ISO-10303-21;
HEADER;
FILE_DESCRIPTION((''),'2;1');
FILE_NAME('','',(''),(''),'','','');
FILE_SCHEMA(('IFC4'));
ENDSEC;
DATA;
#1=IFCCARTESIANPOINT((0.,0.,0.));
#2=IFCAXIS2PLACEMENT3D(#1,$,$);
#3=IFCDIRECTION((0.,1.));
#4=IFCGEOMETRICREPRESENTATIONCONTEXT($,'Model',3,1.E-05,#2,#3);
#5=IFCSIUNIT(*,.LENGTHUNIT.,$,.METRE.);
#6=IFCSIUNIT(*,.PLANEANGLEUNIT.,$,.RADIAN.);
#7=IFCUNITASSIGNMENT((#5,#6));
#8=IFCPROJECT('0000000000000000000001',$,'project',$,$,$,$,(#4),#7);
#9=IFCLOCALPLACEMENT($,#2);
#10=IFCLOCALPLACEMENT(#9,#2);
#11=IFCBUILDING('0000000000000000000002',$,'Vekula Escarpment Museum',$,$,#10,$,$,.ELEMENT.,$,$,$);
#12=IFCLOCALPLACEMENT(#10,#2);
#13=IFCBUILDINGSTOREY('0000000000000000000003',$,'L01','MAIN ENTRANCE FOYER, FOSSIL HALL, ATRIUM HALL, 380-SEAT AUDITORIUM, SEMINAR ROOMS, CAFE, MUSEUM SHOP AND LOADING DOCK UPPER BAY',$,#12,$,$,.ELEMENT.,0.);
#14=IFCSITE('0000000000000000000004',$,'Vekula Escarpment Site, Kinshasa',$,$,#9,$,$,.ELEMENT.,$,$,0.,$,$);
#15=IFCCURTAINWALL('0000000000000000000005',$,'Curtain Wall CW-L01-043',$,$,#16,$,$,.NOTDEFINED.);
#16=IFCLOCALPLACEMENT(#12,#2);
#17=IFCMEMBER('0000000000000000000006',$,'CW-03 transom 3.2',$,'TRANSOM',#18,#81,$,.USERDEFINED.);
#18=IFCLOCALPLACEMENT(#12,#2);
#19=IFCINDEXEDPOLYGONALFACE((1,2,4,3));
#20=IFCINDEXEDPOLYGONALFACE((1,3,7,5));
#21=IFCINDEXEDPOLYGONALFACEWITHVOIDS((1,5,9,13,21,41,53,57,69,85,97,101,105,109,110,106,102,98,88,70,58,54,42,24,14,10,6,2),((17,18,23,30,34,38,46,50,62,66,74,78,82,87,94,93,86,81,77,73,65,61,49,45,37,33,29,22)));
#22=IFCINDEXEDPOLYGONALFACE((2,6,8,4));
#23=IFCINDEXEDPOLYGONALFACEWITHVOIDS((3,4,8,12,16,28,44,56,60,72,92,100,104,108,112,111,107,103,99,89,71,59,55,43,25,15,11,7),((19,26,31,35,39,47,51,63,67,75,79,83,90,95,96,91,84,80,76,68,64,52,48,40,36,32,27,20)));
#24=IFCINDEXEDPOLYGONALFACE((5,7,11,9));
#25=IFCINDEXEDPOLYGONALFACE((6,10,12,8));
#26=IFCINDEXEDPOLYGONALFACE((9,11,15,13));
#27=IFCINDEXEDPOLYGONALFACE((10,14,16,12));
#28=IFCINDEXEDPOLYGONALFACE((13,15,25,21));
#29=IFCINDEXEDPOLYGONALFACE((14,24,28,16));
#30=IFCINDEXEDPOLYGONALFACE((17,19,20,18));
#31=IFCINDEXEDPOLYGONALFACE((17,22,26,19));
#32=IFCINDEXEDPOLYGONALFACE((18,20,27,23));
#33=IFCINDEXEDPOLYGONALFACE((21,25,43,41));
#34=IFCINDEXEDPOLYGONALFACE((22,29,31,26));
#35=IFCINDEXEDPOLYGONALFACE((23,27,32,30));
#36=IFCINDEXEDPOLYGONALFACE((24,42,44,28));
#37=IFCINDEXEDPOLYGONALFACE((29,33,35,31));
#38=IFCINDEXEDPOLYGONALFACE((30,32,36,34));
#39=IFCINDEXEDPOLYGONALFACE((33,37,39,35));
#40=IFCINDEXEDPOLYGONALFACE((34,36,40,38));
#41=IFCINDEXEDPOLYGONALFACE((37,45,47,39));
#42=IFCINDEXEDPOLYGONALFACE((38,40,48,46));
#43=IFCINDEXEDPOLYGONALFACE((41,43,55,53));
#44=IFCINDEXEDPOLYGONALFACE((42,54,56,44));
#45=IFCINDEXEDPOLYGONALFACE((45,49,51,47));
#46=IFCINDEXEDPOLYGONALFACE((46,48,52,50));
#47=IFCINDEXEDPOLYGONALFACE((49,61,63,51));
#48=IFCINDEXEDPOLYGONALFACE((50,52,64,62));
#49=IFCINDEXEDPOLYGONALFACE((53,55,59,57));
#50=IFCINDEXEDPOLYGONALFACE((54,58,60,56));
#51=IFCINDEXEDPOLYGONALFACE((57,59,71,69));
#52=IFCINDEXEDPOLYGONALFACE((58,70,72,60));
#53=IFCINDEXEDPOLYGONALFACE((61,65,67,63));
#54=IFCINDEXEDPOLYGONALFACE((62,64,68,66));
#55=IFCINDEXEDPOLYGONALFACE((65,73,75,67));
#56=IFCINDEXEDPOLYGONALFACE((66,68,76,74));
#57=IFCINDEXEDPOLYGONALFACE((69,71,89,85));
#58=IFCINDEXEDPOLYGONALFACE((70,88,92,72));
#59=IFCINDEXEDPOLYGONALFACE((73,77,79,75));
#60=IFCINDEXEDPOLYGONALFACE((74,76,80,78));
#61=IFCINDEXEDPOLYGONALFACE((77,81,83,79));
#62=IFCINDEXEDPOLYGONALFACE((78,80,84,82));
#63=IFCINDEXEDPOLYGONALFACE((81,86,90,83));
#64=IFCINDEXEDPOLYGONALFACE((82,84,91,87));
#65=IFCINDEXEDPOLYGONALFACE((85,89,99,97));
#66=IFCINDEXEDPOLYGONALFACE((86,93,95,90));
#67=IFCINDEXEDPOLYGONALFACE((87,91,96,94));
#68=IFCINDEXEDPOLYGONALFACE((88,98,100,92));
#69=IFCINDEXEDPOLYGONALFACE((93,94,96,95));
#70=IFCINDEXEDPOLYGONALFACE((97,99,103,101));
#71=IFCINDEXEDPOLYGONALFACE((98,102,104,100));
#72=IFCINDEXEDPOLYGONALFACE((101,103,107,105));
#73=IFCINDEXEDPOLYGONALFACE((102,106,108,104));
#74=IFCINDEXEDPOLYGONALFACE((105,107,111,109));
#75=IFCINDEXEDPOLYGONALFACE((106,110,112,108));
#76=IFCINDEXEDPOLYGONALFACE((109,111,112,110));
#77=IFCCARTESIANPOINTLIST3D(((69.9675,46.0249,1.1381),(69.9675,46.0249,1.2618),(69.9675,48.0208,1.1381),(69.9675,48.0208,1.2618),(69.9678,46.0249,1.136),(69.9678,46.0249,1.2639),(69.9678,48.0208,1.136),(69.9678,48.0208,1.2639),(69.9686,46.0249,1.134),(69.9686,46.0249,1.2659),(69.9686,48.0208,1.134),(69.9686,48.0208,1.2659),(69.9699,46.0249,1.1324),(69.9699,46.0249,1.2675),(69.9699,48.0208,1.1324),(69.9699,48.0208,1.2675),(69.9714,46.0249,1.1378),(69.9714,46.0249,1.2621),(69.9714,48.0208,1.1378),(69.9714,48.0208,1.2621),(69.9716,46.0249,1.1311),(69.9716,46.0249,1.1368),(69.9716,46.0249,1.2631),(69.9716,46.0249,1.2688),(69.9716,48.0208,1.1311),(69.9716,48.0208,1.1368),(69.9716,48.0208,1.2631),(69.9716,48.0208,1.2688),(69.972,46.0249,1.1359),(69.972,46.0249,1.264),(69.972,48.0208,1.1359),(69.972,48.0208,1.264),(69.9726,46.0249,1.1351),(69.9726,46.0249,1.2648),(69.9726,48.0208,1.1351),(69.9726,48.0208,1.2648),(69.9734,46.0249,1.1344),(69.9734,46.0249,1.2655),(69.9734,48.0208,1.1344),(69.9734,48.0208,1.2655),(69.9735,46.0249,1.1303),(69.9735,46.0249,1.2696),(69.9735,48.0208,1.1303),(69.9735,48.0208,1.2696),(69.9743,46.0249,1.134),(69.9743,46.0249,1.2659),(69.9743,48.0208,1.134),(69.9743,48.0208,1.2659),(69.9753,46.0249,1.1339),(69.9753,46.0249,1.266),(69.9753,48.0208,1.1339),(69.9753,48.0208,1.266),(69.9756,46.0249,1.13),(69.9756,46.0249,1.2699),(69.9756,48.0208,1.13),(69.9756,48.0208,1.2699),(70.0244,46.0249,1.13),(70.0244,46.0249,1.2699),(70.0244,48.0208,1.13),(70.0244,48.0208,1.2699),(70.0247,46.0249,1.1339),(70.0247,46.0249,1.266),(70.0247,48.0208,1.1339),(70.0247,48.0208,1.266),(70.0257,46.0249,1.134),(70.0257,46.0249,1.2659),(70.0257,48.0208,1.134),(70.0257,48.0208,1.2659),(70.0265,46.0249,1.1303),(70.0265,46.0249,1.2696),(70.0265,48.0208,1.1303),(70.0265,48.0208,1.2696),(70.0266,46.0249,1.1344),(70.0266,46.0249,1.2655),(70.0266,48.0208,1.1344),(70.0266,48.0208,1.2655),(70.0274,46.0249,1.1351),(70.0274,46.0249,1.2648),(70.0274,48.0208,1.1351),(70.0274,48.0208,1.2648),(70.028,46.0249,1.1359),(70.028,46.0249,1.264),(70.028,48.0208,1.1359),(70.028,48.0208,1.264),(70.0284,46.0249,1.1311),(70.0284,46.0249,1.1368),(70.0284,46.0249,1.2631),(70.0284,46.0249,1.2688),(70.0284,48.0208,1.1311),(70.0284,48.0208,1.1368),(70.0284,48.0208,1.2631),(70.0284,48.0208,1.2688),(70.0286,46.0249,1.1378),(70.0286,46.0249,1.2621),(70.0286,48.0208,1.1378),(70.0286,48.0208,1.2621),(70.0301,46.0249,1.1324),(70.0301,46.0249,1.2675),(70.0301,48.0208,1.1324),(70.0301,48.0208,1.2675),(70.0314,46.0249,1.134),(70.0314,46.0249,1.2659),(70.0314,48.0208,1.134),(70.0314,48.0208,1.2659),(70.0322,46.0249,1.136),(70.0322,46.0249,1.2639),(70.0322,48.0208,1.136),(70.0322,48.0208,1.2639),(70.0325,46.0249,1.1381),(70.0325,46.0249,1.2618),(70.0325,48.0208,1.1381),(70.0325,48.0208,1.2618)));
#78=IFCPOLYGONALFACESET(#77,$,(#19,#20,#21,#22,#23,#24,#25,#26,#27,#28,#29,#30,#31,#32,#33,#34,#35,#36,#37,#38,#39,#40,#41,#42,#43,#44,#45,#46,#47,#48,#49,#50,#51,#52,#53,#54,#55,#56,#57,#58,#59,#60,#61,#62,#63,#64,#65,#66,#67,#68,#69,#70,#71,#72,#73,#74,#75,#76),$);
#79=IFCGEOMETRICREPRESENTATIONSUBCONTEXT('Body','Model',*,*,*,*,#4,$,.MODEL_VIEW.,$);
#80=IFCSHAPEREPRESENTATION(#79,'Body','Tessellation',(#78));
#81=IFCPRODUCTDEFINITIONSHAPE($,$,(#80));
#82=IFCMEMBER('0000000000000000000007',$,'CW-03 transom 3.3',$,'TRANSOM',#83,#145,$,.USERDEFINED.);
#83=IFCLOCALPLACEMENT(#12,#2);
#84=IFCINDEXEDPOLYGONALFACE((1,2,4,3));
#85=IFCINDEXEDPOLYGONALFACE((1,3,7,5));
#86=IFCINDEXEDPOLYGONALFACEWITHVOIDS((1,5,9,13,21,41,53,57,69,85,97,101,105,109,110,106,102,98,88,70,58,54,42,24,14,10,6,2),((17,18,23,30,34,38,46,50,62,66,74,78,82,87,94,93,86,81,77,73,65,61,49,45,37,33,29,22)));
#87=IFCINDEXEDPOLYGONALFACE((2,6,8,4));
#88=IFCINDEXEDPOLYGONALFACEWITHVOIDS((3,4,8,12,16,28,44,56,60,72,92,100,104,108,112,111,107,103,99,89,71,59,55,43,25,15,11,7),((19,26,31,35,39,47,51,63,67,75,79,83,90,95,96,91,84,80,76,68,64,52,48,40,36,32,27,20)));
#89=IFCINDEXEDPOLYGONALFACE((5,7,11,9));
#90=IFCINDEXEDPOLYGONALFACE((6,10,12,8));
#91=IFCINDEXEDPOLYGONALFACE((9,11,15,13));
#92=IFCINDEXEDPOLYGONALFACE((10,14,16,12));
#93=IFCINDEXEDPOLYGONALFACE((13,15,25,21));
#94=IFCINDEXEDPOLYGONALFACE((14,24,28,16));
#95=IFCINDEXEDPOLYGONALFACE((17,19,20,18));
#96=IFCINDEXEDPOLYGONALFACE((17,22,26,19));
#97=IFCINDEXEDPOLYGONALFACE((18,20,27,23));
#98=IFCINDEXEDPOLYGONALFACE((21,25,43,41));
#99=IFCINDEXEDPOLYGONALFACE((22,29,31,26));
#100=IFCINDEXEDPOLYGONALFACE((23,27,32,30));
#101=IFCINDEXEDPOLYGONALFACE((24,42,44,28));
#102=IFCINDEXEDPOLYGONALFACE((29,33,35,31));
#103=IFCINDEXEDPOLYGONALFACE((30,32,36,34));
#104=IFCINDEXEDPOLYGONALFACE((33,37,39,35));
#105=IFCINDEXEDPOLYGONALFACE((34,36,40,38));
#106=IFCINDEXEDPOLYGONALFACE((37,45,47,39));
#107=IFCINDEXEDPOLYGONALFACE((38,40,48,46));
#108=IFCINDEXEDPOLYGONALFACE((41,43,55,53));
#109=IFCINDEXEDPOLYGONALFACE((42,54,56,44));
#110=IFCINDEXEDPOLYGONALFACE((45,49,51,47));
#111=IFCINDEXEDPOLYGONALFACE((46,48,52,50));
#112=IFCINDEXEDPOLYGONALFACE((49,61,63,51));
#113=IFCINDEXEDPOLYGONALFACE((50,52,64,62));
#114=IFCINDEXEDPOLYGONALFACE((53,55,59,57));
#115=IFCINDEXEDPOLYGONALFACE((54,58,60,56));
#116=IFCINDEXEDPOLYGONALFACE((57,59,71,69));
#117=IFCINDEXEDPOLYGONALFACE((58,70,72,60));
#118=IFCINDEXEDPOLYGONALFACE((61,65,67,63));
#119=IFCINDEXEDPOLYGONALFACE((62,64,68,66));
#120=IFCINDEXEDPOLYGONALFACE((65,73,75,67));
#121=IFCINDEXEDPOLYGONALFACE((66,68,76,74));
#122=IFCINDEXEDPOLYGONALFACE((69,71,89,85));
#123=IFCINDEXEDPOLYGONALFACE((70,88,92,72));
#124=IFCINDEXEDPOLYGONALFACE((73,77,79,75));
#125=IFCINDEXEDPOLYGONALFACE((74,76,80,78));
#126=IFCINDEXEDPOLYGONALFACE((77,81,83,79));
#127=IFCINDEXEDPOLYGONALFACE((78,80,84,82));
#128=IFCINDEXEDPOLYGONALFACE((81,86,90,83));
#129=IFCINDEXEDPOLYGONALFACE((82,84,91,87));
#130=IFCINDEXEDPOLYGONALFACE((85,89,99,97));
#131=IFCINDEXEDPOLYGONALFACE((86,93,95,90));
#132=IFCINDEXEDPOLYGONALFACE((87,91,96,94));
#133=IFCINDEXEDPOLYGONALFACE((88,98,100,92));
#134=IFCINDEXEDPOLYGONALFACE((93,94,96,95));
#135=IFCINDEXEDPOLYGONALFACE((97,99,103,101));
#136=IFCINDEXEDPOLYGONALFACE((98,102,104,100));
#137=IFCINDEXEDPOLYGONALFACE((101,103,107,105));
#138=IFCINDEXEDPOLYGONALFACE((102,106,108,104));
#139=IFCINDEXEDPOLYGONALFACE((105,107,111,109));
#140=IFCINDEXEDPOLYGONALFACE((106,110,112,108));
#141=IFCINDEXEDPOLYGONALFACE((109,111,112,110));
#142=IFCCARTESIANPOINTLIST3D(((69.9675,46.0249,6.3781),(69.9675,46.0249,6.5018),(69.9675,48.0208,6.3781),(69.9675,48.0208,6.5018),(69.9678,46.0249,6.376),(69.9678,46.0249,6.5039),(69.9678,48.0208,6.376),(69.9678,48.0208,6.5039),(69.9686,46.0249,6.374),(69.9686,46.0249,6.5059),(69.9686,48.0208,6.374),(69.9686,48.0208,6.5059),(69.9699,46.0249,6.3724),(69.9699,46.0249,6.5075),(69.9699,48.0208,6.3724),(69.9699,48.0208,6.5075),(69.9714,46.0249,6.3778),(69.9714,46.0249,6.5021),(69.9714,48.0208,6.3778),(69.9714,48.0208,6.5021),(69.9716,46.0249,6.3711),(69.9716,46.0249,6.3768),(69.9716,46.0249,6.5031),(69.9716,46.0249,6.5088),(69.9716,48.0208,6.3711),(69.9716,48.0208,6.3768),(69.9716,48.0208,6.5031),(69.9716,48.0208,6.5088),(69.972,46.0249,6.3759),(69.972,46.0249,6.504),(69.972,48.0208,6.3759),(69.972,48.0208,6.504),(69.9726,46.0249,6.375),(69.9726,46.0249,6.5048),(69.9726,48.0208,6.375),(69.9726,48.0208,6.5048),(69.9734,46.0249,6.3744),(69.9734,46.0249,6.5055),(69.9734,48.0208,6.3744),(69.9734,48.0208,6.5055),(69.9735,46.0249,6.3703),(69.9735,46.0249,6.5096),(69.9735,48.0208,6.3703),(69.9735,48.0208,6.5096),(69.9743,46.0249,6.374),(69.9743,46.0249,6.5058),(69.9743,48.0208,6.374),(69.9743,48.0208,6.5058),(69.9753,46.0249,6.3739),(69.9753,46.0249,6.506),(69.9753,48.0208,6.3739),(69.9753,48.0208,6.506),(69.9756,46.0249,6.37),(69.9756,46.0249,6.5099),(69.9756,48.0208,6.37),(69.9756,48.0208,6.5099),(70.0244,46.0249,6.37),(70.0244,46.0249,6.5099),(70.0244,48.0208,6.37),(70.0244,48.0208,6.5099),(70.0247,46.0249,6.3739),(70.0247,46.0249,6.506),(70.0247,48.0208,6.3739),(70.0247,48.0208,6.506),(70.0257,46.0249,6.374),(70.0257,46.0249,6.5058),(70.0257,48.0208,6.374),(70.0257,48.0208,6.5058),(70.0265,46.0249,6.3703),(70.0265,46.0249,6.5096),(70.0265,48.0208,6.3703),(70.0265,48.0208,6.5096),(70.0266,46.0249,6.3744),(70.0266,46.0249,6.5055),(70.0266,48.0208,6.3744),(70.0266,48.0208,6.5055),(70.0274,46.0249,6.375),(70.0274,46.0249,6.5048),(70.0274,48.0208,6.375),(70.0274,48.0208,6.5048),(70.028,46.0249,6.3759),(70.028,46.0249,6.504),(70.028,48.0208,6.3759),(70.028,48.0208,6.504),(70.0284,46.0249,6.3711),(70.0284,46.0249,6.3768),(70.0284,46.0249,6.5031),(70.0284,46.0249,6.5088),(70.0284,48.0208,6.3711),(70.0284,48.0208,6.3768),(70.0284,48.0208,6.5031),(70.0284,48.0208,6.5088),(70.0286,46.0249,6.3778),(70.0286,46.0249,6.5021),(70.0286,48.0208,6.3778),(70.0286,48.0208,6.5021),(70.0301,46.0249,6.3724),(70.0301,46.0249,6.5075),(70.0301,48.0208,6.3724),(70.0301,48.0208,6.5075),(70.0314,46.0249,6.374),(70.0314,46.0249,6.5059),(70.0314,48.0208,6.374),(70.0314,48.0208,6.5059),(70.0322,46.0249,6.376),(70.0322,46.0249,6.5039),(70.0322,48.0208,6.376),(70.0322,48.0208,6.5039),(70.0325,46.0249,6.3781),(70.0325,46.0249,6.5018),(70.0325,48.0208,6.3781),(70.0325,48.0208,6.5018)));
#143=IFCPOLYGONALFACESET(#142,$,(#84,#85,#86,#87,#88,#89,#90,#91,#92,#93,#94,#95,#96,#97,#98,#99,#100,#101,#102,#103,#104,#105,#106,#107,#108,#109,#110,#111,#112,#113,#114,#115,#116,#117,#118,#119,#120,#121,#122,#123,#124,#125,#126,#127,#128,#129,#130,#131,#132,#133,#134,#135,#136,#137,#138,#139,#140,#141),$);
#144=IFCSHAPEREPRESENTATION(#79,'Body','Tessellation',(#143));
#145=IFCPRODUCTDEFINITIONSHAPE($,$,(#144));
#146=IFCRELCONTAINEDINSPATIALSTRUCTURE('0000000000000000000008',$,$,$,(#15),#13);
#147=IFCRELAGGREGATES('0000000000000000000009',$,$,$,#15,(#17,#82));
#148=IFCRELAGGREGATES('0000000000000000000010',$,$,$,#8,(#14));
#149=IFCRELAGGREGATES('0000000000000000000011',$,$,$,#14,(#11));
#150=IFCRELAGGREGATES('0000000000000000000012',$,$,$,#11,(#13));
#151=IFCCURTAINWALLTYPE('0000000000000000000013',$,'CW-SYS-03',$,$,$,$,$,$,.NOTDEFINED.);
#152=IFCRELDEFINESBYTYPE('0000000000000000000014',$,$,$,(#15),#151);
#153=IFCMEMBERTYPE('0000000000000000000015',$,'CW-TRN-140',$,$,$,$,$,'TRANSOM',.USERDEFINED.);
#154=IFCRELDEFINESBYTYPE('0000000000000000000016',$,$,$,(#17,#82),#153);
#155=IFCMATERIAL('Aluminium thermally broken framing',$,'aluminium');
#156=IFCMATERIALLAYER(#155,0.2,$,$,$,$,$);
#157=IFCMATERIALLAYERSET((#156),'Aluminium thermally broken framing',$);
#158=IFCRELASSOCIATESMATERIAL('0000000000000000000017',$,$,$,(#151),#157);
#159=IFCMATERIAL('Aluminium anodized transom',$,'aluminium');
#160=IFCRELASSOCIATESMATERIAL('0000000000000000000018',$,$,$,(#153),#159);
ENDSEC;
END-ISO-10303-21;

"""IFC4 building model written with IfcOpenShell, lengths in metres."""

from ifc_helpers import new_model, si_unit, direction, frame, origin, origin_2d, place, context, subcontext, project, spatial, hollow_rectangle, extrude, material, layer, layer_set, material_profile, profile_set, type_object, element, aggregate, save


model = new_model("IFC4")

# Units and contexts
model_context = context("Model", 3, precision=1e-05, world=origin(), true_north=direction((0.0, 1.0)))
body_context = subcontext(model_context, "Body", "Model", "MODEL_VIEW")
ifc_project = project(units=[si_unit("LENGTHUNIT", "METRE"), si_unit("PLANEANGLEUNIT", "RADIAN")], contexts=[model_context])

# Site, building, storey
site_placement = place(None, origin())
site = spatial("IfcSite", under=ifc_project, at=site_placement, Name="Vekula Escarpment Site, Kinshasa", CompositionType="ELEMENT", RefElevation=0.0)
building_placement = place(site_placement, origin())
building = spatial("IfcBuilding", under=site, at=building_placement, Name="Vekula Escarpment Museum", CompositionType="ELEMENT")
storey_placement = place(building_placement, origin())
storey = spatial("IfcBuildingStorey", under=building, at=storey_placement, Name="L01", Description="MAIN ENTRANCE FOYER, FOSSIL HALL, ATRIUM HALL, 380-SEAT AUDITORIUM, SEMINAR ROOMS, CAFE, MUSEUM SHOP AND LOADING DOCK UPPER BAY", CompositionType="ELEMENT", Elevation=0.0)

# Curtain wall
ifc_material_1 = material(Name="Aluminium thermally broken framing", Category="aluminium")
ifc_layer_1 = layer(ifc_material_1, 0.2)
ifc_layer_set_1 = layer_set([ifc_layer_1], Name="Aluminium thermally broken framing")
curtain_wall_type_1 = type_object("IfcCurtainWallType", Name="CW-SYS-03", PredefinedType="NOTDEFINED", material=ifc_layer_set_1)
curtain_wall_1_placement = place(storey_placement, origin())
curtain_wall_1 = element("IfcCurtainWall", 1, at=curtain_wall_1_placement, inside=storey, type_object=curtain_wall_type_1, Name="Curtain Wall CW-L01-043", PredefinedType="NOTDEFINED")

# Members
ifc_material_2 = material(Name="Aluminium anodized transom", Category="aluminium")
ifc_material_profile_1 = material_profile(ifc_material_2, hollow_rectangle(XDim=0.0649, YDim=0.1399, WallThickness=0.0039, InnerFilletRadius=0.0039, OuterFilletRadius=0.0081, at=origin_2d()), Name="ALU 140x65x4")
ifc_profile_set_1 = profile_set([ifc_material_profile_1], Name="Aluminium anodized transom")
member_type_1 = type_object("IfcMemberType", Name="CW-TRN-140", ElementType="TRANSOM", PredefinedType="USERDEFINED", material=ifc_profile_set_1)
member_1_placement = place(storey_placement, frame((70.0, 48.0208, 1.2), z_axis=(0.0, -1.0, 0.0), x_axis=(1.0, 0.0, 0.0)))
member_1 = element("IfcMember", 2, at=member_1_placement, type_object=member_type_1, Name="CW-03 transom 3.2", ObjectType="TRANSOM", PredefinedType="USERDEFINED", context=body_context, shape_type="SweptSolid", body=[
    extrude(hollow_rectangle(XDim=0.0649, YDim=0.1399, WallThickness=0.0039, InnerFilletRadius=0.0039, OuterFilletRadius=0.0081, at=origin_2d()), origin(), (0.0, 0.0, 1.0), 1.9958),
])
member_2_placement = place(storey_placement, frame((70.0, 48.0208, 6.4399), z_axis=(0.0, -1.0, 0.0), x_axis=(1.0, 0.0, 0.0)))
member_2 = element("IfcMember", 3, at=member_2_placement, type_object=member_type_1, Name="CW-03 transom 3.3", ObjectType="TRANSOM", PredefinedType="USERDEFINED", context=body_context, shape_type="SweptSolid", body=[
    extrude(hollow_rectangle(XDim=0.0649, YDim=0.1399, WallThickness=0.0039, InnerFilletRadius=0.0039, OuterFilletRadius=0.0081, at=origin_2d()), origin(), (0.0, 0.0, 1.0), 1.9958),
])

aggregate(curtain_wall_1, [member_1, member_2])

save(model, "model.ifc")
